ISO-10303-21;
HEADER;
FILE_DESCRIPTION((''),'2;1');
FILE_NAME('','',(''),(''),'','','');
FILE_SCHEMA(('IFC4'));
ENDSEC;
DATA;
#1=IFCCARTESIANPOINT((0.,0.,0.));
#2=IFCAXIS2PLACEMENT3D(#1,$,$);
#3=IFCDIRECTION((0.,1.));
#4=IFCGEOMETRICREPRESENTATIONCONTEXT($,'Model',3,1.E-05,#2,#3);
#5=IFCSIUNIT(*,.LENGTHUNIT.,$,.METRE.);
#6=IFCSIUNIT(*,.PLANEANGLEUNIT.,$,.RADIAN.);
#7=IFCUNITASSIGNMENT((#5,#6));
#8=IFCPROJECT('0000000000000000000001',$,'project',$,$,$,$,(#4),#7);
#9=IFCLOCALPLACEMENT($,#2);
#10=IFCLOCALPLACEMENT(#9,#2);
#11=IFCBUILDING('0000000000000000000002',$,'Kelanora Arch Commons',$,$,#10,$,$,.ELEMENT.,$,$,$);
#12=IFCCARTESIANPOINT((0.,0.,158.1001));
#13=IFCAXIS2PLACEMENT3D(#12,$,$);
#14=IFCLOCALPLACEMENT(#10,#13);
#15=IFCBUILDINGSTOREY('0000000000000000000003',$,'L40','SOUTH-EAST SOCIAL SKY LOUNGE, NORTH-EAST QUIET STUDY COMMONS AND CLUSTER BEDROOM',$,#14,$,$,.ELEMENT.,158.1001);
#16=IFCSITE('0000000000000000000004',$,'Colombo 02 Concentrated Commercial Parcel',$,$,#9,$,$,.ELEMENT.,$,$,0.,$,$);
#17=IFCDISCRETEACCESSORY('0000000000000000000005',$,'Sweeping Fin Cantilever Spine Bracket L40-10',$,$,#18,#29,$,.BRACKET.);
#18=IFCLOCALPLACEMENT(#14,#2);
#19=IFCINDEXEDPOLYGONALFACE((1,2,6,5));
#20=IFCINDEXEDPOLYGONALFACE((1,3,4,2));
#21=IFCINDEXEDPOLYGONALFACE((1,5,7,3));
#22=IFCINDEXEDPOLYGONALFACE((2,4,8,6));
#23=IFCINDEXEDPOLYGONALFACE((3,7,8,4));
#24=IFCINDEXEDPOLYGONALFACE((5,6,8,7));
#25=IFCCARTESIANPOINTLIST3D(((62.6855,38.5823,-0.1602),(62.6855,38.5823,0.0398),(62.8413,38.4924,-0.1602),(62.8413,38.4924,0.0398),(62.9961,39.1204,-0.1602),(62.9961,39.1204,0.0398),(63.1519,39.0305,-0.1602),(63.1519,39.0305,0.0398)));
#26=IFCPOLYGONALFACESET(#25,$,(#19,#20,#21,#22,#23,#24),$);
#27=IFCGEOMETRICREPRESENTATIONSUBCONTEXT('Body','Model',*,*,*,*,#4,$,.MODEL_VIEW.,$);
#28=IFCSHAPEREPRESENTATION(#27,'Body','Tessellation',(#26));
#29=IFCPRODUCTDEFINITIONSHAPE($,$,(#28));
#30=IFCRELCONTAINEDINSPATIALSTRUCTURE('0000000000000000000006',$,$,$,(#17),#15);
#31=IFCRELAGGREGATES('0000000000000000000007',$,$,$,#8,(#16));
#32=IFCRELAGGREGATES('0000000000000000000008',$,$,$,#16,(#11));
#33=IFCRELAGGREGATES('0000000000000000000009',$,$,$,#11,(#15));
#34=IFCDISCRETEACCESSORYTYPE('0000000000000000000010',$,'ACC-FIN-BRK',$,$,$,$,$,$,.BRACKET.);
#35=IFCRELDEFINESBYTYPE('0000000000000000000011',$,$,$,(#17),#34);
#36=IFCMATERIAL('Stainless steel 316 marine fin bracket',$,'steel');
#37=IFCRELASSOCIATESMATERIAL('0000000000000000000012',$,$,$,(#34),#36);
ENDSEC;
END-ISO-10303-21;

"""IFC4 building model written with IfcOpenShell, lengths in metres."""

from ifc_helpers import new_model, si_unit, direction, frame, origin, origin_2d, place, context, subcontext, project, spatial, rectangle, extrude, source, transform, mapped, material, type_object, element, save


model = new_model("IFC4")

# Units and contexts
model_context = context("Model", 3, precision=1e-05, world=origin(), true_north=direction((0.0, 1.0)))
body_context = subcontext(model_context, "Body", "Model", "MODEL_VIEW")
ifc_project = project(units=[si_unit("LENGTHUNIT", "METRE"), si_unit("PLANEANGLEUNIT", "RADIAN")], contexts=[model_context])

# Site, building, storey
site_placement = place(None, origin())
site = spatial("IfcSite", under=ifc_project, at=site_placement, Name="Colombo 02 Concentrated Commercial Parcel", CompositionType="ELEMENT", RefElevation=0.0)
building_placement = place(site_placement, origin())
building = spatial("IfcBuilding", under=site, at=building_placement, Name="Kelanora Arch Commons", CompositionType="ELEMENT")
storey_placement = place(building_placement, frame((0.0, 0.0, 158.1001)))
storey = spatial("IfcBuildingStorey", under=building, at=storey_placement, Name="L40", Description="SOUTH-EAST SOCIAL SKY LOUNGE, NORTH-EAST QUIET STUDY COMMONS AND CLUSTER BEDROOM", CompositionType="ELEMENT", Elevation=158.1001)

# Discrete accessory
ifc_material_1 = material(Name="Stainless steel 316 marine fin bracket", Category="steel")
discrete_accessory_type = type_object("IfcDiscreteAccessoryType", Name="ACC-FIN-BRK", PredefinedType="BRACKET", material=ifc_material_1)
shared_shape_1 = source(origin(), body_context, "Body", "SweptSolid", [
    extrude(rectangle(XDim=0.6213, YDim=0.1799, at=origin_2d()), origin(), (0.0, 0.0, 1.0), 0.2),
])
discrete_accessory_placement = place(storey_placement, frame((62.9187, 38.8064, -0.1602), z_axis=(0.0, 0.0, 1.0), x_axis=(-0.5, -0.866025, 0.0)))
element("IfcDiscreteAccessory", 1, at=discrete_accessory_placement, inside=storey, type_object=discrete_accessory_type, Name="Sweeping Fin Cantilever Spine Bracket L40-10", PredefinedType="BRACKET", context=body_context, shape_type="MappedRepresentation", body=[
    mapped(shared_shape_1, transform((0.0, 0.0, 0.0), scale=1.0)),
])

save(model, "model.ifc")
